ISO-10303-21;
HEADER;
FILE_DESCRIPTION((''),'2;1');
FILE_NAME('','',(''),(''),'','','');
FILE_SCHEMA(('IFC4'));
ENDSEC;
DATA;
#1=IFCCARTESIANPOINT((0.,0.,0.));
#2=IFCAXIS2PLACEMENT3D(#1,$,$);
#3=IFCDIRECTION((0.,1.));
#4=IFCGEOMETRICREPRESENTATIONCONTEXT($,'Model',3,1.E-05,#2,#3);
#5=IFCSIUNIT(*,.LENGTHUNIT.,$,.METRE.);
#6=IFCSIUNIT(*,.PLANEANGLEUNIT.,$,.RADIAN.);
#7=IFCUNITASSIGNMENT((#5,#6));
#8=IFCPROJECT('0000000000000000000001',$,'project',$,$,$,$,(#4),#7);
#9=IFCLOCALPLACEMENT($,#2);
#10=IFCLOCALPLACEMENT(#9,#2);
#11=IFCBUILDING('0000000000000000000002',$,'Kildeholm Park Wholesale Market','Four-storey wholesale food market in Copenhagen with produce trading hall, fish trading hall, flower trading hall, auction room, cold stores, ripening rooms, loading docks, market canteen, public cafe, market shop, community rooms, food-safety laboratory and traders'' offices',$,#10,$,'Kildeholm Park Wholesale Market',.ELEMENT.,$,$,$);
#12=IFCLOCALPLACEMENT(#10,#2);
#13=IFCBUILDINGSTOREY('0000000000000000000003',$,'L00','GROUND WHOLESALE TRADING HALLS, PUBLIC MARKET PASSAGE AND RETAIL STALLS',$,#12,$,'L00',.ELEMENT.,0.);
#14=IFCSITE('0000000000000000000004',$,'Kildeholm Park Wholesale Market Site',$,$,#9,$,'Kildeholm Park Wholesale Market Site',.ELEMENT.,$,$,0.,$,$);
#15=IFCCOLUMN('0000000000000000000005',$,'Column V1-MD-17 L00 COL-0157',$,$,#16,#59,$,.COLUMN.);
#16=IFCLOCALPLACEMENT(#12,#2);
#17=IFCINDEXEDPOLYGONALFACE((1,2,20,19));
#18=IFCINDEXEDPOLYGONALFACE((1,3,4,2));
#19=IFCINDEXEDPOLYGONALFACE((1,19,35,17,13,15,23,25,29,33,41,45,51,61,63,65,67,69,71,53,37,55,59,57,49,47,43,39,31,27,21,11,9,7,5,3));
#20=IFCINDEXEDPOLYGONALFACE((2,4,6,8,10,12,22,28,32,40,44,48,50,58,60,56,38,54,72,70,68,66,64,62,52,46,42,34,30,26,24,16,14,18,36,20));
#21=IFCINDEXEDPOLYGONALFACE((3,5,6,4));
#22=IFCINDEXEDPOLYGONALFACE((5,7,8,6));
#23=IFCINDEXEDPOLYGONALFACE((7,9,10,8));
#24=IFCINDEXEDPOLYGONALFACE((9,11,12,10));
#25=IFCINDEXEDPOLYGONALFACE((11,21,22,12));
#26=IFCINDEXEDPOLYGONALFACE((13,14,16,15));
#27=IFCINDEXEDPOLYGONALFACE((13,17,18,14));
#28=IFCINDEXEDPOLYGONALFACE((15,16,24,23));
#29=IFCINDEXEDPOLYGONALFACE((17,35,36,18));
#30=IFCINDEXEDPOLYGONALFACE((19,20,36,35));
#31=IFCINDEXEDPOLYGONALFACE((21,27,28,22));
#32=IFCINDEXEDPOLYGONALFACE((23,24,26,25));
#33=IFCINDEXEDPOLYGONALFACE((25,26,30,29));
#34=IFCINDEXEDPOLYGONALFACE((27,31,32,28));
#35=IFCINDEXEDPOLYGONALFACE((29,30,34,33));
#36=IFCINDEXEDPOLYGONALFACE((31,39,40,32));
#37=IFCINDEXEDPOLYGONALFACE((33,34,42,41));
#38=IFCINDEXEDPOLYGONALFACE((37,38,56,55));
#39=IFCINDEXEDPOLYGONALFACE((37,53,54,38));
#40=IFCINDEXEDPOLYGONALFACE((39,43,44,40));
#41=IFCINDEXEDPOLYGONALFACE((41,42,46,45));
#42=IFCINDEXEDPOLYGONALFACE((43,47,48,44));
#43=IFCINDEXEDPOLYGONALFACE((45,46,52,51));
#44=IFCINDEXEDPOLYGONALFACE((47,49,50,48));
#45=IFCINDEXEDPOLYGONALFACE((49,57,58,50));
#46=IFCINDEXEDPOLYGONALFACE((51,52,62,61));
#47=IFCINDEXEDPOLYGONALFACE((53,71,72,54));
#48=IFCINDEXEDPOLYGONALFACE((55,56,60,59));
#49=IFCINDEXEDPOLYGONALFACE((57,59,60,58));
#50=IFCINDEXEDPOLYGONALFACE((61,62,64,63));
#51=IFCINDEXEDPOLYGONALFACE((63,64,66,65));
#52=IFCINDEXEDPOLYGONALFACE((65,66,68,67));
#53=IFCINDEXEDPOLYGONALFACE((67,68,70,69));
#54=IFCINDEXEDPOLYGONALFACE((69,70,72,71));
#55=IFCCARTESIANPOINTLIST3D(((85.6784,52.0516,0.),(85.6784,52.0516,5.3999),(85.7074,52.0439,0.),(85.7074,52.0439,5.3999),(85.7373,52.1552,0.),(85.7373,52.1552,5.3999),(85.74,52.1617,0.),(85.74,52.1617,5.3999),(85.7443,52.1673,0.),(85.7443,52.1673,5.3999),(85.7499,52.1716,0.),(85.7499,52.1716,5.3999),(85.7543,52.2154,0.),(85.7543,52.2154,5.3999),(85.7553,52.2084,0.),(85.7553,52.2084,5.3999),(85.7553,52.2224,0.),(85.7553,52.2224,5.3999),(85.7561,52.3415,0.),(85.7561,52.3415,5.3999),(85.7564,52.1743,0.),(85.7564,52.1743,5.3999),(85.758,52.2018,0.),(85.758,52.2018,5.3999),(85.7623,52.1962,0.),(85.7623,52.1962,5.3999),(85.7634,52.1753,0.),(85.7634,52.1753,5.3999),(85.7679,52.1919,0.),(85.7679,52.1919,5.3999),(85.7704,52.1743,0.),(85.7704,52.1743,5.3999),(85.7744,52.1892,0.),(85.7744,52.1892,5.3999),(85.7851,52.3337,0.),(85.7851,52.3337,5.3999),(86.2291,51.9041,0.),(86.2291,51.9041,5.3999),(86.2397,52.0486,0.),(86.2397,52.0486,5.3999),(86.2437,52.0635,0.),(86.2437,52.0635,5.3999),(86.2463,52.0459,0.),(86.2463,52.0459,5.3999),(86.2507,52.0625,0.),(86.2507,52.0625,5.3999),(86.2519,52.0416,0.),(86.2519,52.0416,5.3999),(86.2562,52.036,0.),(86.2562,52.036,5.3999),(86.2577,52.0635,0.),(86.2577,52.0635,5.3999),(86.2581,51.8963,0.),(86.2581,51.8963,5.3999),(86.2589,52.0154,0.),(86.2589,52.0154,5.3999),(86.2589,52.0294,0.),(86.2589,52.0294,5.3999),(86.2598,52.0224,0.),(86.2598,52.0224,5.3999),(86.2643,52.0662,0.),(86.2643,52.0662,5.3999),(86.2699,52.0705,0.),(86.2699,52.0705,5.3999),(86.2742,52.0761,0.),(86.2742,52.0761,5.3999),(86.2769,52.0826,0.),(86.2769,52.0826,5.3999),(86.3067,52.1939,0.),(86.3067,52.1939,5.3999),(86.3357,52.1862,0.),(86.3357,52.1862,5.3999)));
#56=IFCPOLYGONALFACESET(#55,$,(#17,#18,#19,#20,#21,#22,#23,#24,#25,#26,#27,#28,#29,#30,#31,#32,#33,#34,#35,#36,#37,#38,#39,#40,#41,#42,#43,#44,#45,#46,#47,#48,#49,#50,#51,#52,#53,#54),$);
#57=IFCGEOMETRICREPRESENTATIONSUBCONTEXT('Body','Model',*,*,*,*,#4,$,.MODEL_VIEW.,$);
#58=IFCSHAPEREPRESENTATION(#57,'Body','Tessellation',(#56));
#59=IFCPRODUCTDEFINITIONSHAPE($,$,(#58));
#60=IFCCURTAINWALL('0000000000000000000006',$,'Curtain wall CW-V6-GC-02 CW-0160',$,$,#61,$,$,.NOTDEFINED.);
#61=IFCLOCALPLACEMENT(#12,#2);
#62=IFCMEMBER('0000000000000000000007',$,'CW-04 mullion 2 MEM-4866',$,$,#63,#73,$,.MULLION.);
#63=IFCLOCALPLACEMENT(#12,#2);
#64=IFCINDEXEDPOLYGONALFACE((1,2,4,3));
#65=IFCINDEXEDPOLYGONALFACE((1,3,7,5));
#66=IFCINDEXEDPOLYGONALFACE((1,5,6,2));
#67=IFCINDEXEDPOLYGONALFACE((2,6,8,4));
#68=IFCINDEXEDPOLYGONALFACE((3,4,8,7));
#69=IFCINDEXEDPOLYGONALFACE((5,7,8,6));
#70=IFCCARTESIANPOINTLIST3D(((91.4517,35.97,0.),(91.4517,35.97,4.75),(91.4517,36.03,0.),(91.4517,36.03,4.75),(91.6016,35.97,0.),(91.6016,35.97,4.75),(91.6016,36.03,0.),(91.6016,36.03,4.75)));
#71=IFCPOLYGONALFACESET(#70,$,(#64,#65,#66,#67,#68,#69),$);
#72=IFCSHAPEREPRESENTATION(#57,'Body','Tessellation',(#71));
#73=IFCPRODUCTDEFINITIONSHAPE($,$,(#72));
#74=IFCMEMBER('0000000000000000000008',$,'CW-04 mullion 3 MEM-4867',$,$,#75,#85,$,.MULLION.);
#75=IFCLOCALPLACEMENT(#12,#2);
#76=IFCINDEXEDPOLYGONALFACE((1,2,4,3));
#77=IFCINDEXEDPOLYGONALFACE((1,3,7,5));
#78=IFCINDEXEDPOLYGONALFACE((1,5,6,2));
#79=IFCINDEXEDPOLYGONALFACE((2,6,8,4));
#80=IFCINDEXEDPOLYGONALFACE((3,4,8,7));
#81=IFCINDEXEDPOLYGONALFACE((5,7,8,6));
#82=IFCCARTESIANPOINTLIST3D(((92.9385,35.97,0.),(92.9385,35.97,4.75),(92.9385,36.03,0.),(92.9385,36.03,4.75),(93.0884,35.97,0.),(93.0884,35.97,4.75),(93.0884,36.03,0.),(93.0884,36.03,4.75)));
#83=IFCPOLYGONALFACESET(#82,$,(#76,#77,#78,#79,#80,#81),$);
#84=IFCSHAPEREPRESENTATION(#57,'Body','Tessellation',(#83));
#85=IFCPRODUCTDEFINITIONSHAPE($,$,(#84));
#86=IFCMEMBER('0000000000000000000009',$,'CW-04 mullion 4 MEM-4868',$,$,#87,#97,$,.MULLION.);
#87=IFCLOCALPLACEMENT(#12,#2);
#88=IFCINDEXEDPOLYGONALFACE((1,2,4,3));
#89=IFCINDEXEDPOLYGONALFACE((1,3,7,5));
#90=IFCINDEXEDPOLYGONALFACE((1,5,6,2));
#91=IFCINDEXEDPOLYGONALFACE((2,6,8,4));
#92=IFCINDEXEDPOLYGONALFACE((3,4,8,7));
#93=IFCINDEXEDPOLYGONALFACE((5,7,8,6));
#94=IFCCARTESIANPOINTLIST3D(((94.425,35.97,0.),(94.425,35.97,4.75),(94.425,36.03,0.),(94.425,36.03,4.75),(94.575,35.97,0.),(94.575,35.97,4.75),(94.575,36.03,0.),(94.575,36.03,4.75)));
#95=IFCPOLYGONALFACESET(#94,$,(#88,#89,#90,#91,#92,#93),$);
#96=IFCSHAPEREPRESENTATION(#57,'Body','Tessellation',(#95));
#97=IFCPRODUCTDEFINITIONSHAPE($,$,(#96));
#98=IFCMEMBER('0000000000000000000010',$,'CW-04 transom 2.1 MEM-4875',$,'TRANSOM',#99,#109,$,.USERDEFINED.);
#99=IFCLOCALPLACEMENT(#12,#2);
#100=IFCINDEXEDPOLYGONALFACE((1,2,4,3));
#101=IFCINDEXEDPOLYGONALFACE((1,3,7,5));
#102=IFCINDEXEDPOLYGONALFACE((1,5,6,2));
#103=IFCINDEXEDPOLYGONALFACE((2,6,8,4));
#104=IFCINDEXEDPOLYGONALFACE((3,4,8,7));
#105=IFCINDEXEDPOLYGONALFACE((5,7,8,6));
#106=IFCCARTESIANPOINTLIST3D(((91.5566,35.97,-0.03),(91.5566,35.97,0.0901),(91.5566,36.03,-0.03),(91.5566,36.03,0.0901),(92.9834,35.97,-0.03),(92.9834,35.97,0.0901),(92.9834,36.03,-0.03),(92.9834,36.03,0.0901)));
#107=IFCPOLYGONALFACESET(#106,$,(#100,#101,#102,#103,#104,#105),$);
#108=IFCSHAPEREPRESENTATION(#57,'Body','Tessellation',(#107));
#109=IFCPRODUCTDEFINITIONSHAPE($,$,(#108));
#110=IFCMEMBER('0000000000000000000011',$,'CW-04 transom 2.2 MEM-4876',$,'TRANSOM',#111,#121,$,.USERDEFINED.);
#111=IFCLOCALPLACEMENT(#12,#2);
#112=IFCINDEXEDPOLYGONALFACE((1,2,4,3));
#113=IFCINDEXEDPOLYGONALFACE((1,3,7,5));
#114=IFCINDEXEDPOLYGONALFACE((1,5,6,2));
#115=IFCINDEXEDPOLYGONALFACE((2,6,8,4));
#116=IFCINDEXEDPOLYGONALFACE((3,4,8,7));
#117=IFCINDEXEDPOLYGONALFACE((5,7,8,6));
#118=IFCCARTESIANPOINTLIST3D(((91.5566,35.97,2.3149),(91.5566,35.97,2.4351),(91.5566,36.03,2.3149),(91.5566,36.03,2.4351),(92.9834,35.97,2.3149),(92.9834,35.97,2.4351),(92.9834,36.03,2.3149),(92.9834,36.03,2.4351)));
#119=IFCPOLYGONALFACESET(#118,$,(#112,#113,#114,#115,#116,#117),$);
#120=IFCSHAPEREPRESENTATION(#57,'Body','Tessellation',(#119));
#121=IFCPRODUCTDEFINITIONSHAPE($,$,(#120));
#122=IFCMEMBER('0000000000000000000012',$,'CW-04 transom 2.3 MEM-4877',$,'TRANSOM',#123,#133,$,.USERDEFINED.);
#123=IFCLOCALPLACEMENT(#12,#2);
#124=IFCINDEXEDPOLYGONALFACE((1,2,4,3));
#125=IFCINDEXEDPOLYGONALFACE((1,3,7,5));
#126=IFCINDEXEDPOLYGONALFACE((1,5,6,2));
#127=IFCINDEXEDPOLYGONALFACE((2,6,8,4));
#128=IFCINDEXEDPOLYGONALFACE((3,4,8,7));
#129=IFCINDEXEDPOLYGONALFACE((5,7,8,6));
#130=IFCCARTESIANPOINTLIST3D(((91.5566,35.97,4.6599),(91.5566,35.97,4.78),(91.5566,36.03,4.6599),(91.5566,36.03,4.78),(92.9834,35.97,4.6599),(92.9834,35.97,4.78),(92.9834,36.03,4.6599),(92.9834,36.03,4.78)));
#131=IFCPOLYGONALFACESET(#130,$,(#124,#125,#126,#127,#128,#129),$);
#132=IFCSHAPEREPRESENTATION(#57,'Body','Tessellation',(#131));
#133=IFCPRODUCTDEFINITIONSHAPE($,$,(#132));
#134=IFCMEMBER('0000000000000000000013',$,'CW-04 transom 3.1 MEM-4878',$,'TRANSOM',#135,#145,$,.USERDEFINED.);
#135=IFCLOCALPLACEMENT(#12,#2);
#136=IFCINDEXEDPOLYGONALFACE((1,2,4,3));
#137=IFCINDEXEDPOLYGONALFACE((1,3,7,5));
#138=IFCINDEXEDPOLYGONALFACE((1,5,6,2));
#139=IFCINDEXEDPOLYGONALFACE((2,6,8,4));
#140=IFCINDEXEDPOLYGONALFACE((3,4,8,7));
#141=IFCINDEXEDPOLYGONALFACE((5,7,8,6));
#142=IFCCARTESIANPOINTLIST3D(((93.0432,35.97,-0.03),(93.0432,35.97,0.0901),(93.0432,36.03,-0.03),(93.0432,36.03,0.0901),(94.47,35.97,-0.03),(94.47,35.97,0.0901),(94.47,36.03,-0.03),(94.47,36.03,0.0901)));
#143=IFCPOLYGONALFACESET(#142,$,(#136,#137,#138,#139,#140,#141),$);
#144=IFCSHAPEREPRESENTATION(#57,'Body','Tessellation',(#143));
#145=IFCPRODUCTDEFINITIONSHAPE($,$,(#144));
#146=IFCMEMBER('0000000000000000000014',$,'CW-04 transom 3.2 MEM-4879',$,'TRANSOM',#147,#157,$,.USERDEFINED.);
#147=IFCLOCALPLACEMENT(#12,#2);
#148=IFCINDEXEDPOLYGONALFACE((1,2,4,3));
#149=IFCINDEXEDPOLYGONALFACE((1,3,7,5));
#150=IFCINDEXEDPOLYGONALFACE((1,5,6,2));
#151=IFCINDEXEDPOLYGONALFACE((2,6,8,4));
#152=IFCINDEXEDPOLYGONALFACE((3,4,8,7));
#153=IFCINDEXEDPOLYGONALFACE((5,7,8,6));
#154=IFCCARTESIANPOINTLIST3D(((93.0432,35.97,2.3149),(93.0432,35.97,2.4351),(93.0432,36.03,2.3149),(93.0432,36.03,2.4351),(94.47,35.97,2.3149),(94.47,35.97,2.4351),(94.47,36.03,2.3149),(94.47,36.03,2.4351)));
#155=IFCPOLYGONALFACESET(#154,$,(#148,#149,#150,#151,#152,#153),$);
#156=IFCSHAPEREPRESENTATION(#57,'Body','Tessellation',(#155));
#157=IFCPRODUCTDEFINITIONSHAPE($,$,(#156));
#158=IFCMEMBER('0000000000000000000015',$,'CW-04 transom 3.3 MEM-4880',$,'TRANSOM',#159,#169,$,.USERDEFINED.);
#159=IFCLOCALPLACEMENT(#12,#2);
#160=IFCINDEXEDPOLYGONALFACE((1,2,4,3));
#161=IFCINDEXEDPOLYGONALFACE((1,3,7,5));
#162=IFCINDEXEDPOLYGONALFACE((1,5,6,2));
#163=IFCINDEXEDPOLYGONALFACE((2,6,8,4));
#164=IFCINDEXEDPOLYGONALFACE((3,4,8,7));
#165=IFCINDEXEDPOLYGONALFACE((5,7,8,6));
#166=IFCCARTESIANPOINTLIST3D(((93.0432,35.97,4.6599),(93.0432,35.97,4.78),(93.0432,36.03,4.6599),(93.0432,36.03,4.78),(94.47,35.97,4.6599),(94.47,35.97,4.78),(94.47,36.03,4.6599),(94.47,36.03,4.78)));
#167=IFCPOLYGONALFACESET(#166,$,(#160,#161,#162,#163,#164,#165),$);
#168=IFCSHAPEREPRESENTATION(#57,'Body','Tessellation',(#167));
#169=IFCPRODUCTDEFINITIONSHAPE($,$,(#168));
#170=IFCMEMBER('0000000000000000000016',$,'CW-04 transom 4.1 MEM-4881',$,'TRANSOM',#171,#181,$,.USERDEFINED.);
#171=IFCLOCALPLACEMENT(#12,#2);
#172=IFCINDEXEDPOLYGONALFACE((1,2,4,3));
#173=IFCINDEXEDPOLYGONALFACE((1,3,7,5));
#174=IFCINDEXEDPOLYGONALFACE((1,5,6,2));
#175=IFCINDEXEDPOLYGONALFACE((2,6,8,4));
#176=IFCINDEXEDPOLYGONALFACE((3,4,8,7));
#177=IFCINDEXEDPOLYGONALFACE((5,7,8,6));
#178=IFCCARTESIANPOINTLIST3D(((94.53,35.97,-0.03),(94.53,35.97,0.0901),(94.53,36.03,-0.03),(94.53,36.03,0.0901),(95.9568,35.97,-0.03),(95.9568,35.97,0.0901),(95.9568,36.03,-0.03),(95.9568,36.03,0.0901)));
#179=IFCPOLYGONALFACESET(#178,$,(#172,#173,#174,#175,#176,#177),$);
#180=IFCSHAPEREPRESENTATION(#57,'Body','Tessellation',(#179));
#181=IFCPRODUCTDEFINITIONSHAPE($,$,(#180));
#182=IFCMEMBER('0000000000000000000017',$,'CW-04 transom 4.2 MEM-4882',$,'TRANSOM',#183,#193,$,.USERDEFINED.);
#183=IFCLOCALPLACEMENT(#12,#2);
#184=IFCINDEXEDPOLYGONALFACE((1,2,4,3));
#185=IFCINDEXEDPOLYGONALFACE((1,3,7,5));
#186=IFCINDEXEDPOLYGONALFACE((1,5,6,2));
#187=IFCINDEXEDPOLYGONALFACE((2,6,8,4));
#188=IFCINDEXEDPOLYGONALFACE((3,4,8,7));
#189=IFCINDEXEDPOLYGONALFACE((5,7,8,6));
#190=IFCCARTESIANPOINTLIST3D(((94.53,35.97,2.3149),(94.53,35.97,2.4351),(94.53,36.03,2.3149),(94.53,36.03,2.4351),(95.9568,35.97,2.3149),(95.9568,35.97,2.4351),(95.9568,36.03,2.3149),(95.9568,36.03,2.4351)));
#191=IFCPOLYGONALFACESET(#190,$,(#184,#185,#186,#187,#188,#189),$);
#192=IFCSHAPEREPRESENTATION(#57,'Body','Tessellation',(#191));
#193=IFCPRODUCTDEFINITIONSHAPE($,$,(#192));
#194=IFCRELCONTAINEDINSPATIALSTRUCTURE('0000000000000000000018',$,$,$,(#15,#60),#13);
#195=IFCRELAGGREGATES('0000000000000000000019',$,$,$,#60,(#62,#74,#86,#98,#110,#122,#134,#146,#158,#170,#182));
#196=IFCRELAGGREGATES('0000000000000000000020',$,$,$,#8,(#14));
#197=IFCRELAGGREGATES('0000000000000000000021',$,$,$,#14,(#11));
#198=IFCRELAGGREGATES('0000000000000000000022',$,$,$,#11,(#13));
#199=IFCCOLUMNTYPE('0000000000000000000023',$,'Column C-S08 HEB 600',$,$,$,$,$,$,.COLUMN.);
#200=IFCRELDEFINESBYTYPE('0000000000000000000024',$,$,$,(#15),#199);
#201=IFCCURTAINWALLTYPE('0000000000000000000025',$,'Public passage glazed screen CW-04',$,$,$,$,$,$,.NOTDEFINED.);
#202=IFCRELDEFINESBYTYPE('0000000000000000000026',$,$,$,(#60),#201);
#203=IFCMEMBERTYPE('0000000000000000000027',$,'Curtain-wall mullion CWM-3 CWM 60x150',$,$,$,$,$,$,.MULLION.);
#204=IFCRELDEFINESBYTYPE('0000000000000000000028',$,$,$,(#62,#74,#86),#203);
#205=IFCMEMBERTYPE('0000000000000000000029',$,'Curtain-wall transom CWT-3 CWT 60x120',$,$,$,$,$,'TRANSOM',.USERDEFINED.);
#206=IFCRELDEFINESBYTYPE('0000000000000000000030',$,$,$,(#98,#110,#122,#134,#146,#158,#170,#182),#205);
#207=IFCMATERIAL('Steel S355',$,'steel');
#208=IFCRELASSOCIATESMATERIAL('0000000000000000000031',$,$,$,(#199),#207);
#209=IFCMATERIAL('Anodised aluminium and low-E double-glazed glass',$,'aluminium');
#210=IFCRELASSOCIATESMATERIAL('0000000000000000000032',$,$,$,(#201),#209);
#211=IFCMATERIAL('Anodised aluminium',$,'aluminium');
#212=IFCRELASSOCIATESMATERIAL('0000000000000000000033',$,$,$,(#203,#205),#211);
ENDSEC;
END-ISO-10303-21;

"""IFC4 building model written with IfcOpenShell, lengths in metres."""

from ifc_helpers import new_model, si_unit, direction, frame, origin, origin_2d, place, context, subcontext, project, spatial, rectangle, i_section, extrude, material, material_profile, profile_set, type_object, element, aggregate, save


model = new_model("IFC4")

# Units and contexts
model_context = context("Model", 3, precision=1e-05, world=origin(), true_north=direction((0.0, 1.0)))
body_context = subcontext(model_context, "Body", "Model", "MODEL_VIEW")
ifc_project = project(units=[si_unit("LENGTHUNIT", "METRE"), si_unit("PLANEANGLEUNIT", "RADIAN")], contexts=[model_context])

# Site, building, storey
site_placement = place(None, origin())
site = spatial("IfcSite", under=ifc_project, at=site_placement, Name="Kildeholm Park Wholesale Market Site", LongName="Kildeholm Park Wholesale Market Site", CompositionType="ELEMENT", RefElevation=0.0)
building_placement = place(site_placement, origin())
building = spatial("IfcBuilding", under=site, at=building_placement, Name="Kildeholm Park Wholesale Market", Description="Four-storey wholesale food market in Copenhagen with produce trading hall, fish trading hall, flower trading hall, auction room, cold stores, ripening rooms, loading docks, market canteen, public cafe, market shop, community rooms, food-safety laboratory and traders' offices", LongName="Kildeholm Park Wholesale Market", CompositionType="ELEMENT")
storey_placement = place(building_placement, origin())
storey = spatial("IfcBuildingStorey", under=building, at=storey_placement, Name="L00", Description="GROUND WHOLESALE TRADING HALLS, PUBLIC MARKET PASSAGE AND RETAIL STALLS", LongName="L00", CompositionType="ELEMENT", Elevation=0.0)

# Column
ifc_material_1 = material(Name="Steel S355", Category="steel")
ifc_material_profile_1 = material_profile(ifc_material_1, i_section(OverallWidth=0.3, OverallDepth=0.6001, WebThickness=0.0154, FlangeThickness=0.03, FilletRadius=0.0271, at=origin_2d()), Name="HEB 600")
ifc_profile_set_1 = profile_set([ifc_material_profile_1], Name="Steel S355")
column_type = type_object("IfcColumnType", Name="Column C-S08 HEB 600", PredefinedType="COLUMN", material=ifc_profile_set_1)
column_placement = place(storey_placement, frame((86.0071, 52.1189, 0.0), z_axis=(0.0, 0.0, 1.0), x_axis=(-0.258819, -0.965926, 0.0)))
element("IfcColumn", 1, at=column_placement, inside=storey, type_object=column_type, Name="Column V1-MD-17 L00 COL-0157", PredefinedType="COLUMN", context=body_context, shape_type="SweptSolid", body=[
    extrude(i_section(OverallWidth=0.3, OverallDepth=0.6001, WebThickness=0.0154, FlangeThickness=0.03, FilletRadius=0.0271, at=origin_2d()), origin(), (0.0, 0.0, 1.0), 5.3999),
])

# Curtain wall, members
ifc_material_2 = material(Name="Anodised aluminium and low-E double-glazed glass", Category="aluminium")
curtain_wall_type = type_object("IfcCurtainWallType", Name="Public passage glazed screen CW-04", PredefinedType="NOTDEFINED", material=ifc_material_2)
curtain_wall_placement = place(storey_placement, origin())
curtain_wall = element("IfcCurtainWall", 2, at=curtain_wall_placement, inside=storey, type_object=curtain_wall_type, Name="Curtain wall CW-V6-GC-02 CW-0160", PredefinedType="NOTDEFINED")
ifc_material_3 = material(Name="Anodised aluminium", Category="aluminium")
ifc_material_profile_2 = material_profile(ifc_material_3, rectangle(XDim=0.0601, YDim=0.1499, at=origin_2d()), Name="CWM 60x150")
ifc_profile_set_2 = profile_set([ifc_material_profile_2], Name="Anodised aluminium")
member_type_1 = type_object("IfcMemberType", Name="Curtain-wall mullion CWM-3 CWM 60x150", PredefinedType="MULLION", material=ifc_profile_set_2)
member_1_placement = place(storey_placement, frame((91.5266, 36.0, 0.0), z_axis=(0.0, 0.0, 1.0), x_axis=(0.0, 1.0, 0.0)))
member_1 = element("IfcMember", 3, at=member_1_placement, type_object=member_type_1, Name="CW-04 mullion 2 MEM-4866", PredefinedType="MULLION", context=body_context, shape_type="SweptSolid", body=[
    extrude(rectangle(XDim=0.0601, YDim=0.1499, at=origin_2d()), origin(), (0.0, 0.0, 1.0), 4.75),
])
member_2_placement = place(storey_placement, frame((93.0134, 36.0, 0.0), z_axis=(0.0, 0.0, 1.0), x_axis=(0.0, 1.0, 0.0)))
member_2 = element("IfcMember", 4, at=member_2_placement, type_object=member_type_1, Name="CW-04 mullion 3 MEM-4867", PredefinedType="MULLION", context=body_context, shape_type="SweptSolid", body=[
    extrude(rectangle(XDim=0.0601, YDim=0.1499, at=origin_2d()), origin(), (0.0, 0.0, 1.0), 4.75),
])
member_3_placement = place(storey_placement, frame((94.5, 36.0, 0.0), z_axis=(0.0, 0.0, 1.0), x_axis=(0.0, 1.0, 0.0)))
member_3 = element("IfcMember", 5, at=member_3_placement, type_object=member_type_1, Name="CW-04 mullion 4 MEM-4868", PredefinedType="MULLION", context=body_context, shape_type="SweptSolid", body=[
    extrude(rectangle(XDim=0.0601, YDim=0.1499, at=origin_2d()), origin(), (0.0, 0.0, 1.0), 4.75),
])
ifc_material_profile_3 = material_profile(ifc_material_3, rectangle(XDim=0.0601, YDim=0.1201, at=origin_2d()), Name="CWT 60x120")
ifc_profile_set_3 = profile_set([ifc_material_profile_3], Name="Anodised aluminium")
member_type_2 = type_object("IfcMemberType", Name="Curtain-wall transom CWT-3 CWT 60x120", ElementType="TRANSOM", PredefinedType="USERDEFINED", material=ifc_profile_set_3)
member_4_placement = place(storey_placement, frame((91.5566, 36.0, 0.03), z_axis=(1.0, 0.0, 0.0), x_axis=(0.0, 1.0, 0.0)))
member_4 = element("IfcMember", 6, at=member_4_placement, type_object=member_type_2, Name="CW-04 transom 2.1 MEM-4875", ObjectType="TRANSOM", PredefinedType="USERDEFINED", context=body_context, shape_type="SweptSolid", body=[
    extrude(rectangle(XDim=0.0601, YDim=0.1201, at=origin_2d()), origin(), (0.0, 0.0, 1.0), 1.4268),
])
member_5_placement = place(storey_placement, frame((91.5566, 36.0, 2.375), z_axis=(1.0, 0.0, 0.0), x_axis=(0.0, 1.0, 0.0)))
member_5 = element("IfcMember", 7, at=member_5_placement, type_object=member_type_2, Name="CW-04 transom 2.2 MEM-4876", ObjectType="TRANSOM", PredefinedType="USERDEFINED", context=body_context, shape_type="SweptSolid", body=[
    extrude(rectangle(XDim=0.0601, YDim=0.1201, at=origin_2d()), origin(), (0.0, 0.0, 1.0), 1.4268),
])
member_6_placement = place(storey_placement, frame((91.5566, 36.0, 4.72), z_axis=(1.0, 0.0, 0.0), x_axis=(0.0, 1.0, 0.0)))
member_6 = element("IfcMember", 8, at=member_6_placement, type_object=member_type_2, Name="CW-04 transom 2.3 MEM-4877", ObjectType="TRANSOM", PredefinedType="USERDEFINED", context=body_context, shape_type="SweptSolid", body=[
    extrude(rectangle(XDim=0.0601, YDim=0.1201, at=origin_2d()), origin(), (0.0, 0.0, 1.0), 1.4268),
])
member_7_placement = place(storey_placement, frame((93.0432, 36.0, 0.03), z_axis=(1.0, 0.0, 0.0), x_axis=(0.0, 1.0, 0.0)))
member_7 = element("IfcMember", 9, at=member_7_placement, type_object=member_type_2, Name="CW-04 transom 3.1 MEM-4878", ObjectType="TRANSOM", PredefinedType="USERDEFINED", context=body_context, shape_type="SweptSolid", body=[
    extrude(rectangle(XDim=0.0601, YDim=0.1201, at=origin_2d()), origin(), (0.0, 0.0, 1.0), 1.4268),
])
member_8_placement = place(storey_placement, frame((93.0432, 36.0, 2.375), z_axis=(1.0, 0.0, 0.0), x_axis=(0.0, 1.0, 0.0)))
member_8 = element("IfcMember", 10, at=member_8_placement, type_object=member_type_2, Name="CW-04 transom 3.2 MEM-4879", ObjectType="TRANSOM", PredefinedType="USERDEFINED", context=body_context, shape_type="SweptSolid", body=[
    extrude(rectangle(XDim=0.0601, YDim=0.1201, at=origin_2d()), origin(), (0.0, 0.0, 1.0), 1.4268),
])
member_9_placement = place(storey_placement, frame((93.0432, 36.0, 4.72), z_axis=(1.0, 0.0, 0.0), x_axis=(0.0, 1.0, 0.0)))
member_9 = element("IfcMember", 11, at=member_9_placement, type_object=member_type_2, Name="CW-04 transom 3.3 MEM-4880", ObjectType="TRANSOM", PredefinedType="USERDEFINED", context=body_context, shape_type="SweptSolid", body=[
    extrude(rectangle(XDim=0.0601, YDim=0.1201, at=origin_2d()), origin(), (0.0, 0.0, 1.0), 1.4268),
])
member_10_placement = place(storey_placement, frame((94.53, 36.0, 0.03), z_axis=(1.0, 0.0, 0.0), x_axis=(0.0, 1.0, 0.0)))
member_10 = element("IfcMember", 12, at=member_10_placement, type_object=member_type_2, Name="CW-04 transom 4.1 MEM-4881", ObjectType="TRANSOM", PredefinedType="USERDEFINED", context=body_context, shape_type="SweptSolid", body=[
    extrude(rectangle(XDim=0.0601, YDim=0.1201, at=origin_2d()), origin(), (0.0, 0.0, 1.0), 1.4268),
])
member_11_placement = place(storey_placement, frame((94.53, 36.0, 2.375), z_axis=(1.0, 0.0, 0.0), x_axis=(0.0, 1.0, 0.0)))
member_11 = element("IfcMember", 13, at=member_11_placement, type_object=member_type_2, Name="CW-04 transom 4.2 MEM-4882", ObjectType="TRANSOM", PredefinedType="USERDEFINED", context=body_context, shape_type="SweptSolid", body=[
    extrude(rectangle(XDim=0.0601, YDim=0.1201, at=origin_2d()), origin(), (0.0, 0.0, 1.0), 1.4268),
])
aggregate(curtain_wall, [member_1, member_2, member_3, member_4, member_5, member_6, member_7, member_8, member_9, member_10, member_11])

save(model, "model.ifc")
